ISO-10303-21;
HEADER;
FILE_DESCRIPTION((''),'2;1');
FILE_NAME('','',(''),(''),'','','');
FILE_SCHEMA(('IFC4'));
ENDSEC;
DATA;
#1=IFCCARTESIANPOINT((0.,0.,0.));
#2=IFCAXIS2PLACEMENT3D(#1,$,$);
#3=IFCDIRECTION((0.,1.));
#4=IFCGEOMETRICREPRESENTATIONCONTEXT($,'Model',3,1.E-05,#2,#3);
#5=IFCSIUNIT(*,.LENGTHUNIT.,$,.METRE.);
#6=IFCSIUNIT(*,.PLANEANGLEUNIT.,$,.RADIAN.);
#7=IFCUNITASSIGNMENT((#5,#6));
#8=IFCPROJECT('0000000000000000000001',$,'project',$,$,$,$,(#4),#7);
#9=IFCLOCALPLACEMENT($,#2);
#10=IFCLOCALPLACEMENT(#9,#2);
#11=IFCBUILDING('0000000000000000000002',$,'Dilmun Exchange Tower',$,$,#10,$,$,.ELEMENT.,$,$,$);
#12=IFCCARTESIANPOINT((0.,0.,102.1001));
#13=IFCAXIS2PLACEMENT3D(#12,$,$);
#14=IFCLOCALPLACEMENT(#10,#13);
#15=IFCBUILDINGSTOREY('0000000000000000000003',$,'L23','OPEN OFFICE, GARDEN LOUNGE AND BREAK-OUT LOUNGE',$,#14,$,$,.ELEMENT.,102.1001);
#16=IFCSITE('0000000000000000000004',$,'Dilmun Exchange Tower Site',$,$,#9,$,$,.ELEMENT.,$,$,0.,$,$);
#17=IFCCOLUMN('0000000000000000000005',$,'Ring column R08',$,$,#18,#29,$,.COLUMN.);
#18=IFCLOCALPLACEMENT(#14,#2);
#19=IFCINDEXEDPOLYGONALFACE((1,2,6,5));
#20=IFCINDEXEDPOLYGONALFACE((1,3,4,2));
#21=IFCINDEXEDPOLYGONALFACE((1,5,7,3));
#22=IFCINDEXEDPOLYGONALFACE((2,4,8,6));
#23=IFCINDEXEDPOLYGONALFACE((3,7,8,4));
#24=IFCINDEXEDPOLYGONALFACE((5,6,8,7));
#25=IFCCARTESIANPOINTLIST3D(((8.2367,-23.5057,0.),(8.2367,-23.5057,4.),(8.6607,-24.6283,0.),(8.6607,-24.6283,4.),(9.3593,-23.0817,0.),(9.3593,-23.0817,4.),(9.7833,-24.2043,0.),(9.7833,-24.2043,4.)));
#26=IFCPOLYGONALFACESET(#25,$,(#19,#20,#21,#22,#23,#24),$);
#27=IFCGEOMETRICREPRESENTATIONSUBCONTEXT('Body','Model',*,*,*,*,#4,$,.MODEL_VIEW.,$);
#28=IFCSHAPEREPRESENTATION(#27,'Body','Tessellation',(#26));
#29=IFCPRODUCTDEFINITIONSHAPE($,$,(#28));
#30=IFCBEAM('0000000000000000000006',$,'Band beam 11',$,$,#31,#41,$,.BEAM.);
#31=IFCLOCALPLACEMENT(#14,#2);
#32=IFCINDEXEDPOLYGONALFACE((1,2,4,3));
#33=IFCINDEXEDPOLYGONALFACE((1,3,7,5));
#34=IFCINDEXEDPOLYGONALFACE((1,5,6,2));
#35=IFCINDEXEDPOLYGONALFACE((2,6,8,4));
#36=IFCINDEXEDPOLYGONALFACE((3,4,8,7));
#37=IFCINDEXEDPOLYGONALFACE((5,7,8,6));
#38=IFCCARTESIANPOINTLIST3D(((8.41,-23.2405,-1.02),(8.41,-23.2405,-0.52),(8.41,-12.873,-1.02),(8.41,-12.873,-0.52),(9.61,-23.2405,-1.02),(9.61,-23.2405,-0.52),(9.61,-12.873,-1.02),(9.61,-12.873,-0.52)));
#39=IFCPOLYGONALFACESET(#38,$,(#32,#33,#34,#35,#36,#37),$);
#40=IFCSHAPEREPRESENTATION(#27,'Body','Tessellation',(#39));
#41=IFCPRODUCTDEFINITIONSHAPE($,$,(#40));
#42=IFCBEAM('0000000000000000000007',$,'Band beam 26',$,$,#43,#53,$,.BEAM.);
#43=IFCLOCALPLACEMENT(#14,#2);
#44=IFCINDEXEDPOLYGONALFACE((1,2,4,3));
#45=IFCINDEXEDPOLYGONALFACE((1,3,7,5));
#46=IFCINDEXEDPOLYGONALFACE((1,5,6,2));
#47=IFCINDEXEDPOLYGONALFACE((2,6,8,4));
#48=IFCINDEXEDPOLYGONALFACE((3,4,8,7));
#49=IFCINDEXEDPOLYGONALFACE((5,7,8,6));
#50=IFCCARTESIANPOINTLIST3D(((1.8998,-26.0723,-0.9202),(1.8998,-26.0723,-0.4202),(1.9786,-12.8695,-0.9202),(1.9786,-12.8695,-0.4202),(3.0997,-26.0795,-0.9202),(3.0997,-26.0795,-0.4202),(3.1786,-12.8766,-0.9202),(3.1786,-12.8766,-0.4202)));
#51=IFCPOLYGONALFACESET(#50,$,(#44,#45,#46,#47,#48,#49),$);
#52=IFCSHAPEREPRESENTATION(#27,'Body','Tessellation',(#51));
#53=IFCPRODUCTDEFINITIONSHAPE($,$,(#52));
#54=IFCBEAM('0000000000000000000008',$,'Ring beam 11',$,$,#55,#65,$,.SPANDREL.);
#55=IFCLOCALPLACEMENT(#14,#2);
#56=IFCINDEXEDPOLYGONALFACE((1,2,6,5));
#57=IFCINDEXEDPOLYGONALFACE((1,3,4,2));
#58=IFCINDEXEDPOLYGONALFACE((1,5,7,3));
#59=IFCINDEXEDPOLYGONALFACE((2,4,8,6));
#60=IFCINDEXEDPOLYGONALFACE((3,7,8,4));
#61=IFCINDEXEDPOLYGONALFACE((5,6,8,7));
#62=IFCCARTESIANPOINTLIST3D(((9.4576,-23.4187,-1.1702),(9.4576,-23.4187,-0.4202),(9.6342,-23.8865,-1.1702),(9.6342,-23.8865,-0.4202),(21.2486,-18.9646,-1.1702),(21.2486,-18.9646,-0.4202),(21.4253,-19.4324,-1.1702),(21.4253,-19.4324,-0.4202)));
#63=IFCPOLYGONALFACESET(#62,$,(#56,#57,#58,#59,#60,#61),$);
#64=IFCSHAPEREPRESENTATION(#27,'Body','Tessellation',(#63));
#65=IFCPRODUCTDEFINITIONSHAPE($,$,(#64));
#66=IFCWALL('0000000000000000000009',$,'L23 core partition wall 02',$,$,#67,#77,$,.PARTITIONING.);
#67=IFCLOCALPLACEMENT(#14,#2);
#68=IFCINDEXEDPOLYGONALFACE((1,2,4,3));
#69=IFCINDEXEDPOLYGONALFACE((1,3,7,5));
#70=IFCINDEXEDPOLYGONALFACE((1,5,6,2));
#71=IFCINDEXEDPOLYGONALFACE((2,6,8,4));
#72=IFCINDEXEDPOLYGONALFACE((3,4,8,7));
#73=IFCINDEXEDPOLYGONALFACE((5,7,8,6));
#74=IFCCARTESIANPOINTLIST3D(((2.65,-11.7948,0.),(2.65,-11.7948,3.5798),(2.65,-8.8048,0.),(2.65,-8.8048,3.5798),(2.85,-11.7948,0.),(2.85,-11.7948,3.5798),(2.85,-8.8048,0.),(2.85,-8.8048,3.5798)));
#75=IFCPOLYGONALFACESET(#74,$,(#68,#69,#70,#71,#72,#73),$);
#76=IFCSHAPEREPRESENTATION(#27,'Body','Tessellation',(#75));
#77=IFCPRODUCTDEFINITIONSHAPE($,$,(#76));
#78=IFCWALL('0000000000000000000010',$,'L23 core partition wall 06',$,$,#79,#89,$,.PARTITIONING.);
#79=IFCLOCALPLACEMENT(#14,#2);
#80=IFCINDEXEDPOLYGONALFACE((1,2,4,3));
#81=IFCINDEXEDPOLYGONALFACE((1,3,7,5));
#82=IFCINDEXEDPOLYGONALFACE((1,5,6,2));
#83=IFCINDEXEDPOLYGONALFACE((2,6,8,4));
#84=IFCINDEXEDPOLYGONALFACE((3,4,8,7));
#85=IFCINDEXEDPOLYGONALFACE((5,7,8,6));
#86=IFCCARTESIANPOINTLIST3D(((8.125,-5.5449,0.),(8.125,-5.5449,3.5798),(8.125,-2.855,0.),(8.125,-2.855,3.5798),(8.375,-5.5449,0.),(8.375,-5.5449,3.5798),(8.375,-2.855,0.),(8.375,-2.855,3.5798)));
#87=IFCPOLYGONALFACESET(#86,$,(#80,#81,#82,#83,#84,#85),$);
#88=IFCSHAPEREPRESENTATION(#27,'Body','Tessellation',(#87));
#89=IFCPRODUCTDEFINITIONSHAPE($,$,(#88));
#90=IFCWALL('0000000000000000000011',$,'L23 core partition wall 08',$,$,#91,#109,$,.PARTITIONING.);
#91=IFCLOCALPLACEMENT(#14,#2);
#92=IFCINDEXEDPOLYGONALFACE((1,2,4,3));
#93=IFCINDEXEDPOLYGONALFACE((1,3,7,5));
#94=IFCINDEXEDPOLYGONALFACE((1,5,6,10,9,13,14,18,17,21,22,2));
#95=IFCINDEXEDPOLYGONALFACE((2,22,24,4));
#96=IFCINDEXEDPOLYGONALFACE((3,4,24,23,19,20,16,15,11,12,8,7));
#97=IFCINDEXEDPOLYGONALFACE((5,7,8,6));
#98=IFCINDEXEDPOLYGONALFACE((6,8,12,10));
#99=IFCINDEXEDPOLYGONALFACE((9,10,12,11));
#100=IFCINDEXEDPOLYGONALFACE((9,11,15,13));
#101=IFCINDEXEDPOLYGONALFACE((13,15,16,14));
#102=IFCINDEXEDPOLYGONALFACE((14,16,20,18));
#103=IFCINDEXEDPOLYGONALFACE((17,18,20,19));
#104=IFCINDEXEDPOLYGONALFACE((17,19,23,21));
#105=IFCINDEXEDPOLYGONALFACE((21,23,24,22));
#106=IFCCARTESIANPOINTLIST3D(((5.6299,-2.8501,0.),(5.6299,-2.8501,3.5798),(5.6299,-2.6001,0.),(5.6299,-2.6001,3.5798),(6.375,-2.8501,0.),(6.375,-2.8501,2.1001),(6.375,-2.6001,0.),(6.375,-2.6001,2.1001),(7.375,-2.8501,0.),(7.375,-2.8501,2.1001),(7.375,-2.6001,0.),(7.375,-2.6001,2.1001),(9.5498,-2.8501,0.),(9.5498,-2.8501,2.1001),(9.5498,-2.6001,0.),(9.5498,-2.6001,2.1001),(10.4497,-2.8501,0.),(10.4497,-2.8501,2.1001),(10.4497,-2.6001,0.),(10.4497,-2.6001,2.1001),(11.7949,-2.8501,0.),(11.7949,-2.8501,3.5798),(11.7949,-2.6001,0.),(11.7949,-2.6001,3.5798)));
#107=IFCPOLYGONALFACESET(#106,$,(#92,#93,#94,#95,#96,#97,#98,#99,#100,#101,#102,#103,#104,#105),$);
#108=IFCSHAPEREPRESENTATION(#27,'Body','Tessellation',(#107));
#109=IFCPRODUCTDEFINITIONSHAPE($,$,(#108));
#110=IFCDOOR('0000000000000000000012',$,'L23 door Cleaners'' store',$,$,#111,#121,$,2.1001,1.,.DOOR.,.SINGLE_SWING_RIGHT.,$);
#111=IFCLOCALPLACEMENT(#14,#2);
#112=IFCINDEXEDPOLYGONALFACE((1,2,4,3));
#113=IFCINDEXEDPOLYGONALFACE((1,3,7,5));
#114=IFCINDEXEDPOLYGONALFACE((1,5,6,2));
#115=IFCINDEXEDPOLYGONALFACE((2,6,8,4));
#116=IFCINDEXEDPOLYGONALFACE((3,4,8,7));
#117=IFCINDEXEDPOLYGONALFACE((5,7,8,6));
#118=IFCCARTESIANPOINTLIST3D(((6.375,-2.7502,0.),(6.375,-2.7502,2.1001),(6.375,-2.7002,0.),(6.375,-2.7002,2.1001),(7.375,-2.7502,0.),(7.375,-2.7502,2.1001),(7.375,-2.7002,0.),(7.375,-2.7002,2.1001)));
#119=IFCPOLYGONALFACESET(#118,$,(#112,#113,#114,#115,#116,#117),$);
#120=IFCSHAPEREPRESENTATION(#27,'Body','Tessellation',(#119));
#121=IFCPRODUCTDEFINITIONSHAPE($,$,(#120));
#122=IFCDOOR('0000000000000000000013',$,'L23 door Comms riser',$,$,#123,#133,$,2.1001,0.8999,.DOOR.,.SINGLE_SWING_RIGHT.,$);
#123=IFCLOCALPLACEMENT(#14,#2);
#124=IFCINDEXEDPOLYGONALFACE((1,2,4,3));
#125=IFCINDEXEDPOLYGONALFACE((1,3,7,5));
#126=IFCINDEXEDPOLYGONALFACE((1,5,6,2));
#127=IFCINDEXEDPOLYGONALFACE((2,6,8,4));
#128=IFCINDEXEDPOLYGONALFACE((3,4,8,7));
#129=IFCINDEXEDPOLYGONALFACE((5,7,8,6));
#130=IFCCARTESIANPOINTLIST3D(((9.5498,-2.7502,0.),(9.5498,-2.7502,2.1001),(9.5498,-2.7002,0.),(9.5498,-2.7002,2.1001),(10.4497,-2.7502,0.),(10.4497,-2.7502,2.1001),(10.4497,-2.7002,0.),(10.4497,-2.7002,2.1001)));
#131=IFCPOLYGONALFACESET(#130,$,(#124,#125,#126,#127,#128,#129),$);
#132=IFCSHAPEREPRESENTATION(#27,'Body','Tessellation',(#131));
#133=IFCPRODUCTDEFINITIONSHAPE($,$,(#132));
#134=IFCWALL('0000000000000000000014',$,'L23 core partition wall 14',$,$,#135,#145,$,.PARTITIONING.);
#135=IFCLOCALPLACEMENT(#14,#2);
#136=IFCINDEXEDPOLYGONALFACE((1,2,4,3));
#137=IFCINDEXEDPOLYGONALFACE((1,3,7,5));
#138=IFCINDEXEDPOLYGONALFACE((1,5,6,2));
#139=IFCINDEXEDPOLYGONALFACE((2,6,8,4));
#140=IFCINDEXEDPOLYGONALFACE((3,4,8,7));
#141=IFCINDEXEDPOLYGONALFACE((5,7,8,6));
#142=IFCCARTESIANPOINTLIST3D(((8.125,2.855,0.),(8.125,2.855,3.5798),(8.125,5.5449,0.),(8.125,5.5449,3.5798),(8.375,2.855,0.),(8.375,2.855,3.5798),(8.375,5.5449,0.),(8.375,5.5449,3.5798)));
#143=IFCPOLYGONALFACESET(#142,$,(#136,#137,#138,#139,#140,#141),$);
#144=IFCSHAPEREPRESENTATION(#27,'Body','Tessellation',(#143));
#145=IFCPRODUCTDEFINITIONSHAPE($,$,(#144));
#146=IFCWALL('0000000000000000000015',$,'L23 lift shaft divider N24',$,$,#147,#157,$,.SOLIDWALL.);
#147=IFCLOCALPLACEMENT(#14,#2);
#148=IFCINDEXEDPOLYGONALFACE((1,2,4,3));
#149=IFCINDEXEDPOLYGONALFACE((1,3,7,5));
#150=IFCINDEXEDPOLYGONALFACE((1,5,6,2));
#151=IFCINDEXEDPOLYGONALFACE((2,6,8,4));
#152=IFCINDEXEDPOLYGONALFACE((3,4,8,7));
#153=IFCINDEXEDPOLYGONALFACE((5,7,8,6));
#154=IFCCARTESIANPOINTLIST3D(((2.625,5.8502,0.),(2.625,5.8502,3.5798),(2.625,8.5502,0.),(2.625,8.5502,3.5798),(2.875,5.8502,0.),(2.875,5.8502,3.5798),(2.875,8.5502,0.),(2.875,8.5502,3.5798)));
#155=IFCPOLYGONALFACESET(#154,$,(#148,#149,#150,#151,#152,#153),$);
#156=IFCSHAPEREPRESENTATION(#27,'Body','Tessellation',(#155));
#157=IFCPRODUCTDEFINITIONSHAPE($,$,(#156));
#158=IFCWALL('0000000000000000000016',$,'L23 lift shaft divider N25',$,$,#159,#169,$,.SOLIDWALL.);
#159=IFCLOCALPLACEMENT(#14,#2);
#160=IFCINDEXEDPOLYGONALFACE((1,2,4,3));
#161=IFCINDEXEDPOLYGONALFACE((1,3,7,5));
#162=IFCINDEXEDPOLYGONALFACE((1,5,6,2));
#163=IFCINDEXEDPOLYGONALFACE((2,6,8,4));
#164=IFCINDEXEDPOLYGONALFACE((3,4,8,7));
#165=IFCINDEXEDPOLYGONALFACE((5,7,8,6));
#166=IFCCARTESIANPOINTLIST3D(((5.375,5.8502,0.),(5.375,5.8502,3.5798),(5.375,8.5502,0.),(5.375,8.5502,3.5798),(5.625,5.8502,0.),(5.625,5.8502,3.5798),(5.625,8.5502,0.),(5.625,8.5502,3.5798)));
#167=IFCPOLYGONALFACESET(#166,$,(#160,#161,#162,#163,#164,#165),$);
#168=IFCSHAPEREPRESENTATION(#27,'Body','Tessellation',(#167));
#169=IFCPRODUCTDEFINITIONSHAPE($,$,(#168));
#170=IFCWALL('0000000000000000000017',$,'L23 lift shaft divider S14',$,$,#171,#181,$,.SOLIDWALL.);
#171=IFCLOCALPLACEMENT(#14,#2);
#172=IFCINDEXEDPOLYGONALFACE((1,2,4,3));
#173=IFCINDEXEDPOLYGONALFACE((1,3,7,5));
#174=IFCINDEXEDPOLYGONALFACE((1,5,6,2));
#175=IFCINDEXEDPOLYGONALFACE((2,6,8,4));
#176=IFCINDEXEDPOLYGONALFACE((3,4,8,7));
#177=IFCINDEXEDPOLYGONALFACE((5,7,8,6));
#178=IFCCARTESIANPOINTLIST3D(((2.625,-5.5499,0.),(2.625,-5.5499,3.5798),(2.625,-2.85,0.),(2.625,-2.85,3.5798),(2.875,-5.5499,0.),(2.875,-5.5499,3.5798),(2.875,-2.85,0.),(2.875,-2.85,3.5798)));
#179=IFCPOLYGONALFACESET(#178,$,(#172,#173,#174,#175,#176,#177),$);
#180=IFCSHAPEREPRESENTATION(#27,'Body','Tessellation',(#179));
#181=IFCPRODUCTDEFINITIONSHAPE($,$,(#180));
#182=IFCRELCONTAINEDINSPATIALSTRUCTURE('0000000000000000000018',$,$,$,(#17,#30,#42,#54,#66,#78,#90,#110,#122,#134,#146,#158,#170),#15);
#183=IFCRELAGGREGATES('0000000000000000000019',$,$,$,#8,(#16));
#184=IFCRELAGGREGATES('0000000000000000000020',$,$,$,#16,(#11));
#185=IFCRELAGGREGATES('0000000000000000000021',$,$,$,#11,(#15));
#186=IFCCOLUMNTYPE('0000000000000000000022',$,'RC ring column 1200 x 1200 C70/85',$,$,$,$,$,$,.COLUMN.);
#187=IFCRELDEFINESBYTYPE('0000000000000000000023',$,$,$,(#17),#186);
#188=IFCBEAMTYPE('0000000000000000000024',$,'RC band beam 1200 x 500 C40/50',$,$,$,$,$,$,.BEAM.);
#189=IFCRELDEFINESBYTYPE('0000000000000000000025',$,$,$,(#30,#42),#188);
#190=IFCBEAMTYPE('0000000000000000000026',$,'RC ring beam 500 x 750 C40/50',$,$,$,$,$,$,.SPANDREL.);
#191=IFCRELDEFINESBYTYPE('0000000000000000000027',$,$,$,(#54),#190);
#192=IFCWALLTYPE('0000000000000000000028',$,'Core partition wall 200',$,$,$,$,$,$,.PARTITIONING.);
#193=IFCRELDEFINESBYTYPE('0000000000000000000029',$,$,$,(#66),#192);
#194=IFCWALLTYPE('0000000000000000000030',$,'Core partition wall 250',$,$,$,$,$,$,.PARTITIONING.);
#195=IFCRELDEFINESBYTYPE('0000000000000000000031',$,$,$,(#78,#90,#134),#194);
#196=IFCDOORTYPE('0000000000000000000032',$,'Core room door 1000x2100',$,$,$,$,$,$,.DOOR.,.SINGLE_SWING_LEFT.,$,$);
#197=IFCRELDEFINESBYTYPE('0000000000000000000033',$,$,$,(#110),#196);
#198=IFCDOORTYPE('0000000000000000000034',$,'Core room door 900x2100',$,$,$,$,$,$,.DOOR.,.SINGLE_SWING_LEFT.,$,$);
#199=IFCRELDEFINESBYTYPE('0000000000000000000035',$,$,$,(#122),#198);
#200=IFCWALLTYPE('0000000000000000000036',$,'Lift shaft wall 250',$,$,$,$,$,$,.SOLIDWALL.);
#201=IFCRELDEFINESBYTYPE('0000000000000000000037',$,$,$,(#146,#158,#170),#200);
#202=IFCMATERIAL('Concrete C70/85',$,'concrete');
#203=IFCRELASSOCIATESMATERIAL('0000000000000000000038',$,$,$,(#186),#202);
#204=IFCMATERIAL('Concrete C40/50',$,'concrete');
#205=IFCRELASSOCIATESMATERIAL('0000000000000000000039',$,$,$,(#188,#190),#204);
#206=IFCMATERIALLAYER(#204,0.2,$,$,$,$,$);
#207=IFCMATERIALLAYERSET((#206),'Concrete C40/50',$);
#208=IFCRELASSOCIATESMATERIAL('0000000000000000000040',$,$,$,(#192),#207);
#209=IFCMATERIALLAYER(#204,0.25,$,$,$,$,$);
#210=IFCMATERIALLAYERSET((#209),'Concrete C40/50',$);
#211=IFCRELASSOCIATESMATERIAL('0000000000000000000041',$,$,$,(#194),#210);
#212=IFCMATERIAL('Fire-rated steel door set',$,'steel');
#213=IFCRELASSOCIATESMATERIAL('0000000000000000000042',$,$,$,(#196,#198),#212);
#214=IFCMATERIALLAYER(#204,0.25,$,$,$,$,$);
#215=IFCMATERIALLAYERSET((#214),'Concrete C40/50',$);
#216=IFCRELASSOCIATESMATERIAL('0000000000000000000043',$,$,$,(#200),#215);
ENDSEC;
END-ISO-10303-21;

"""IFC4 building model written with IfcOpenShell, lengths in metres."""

from ifc_helpers import new_model, si_unit, direction, frame, frame_2d, origin, origin_2d, place, context, subcontext, project, spatial, rectangle, extrude, material, layer, layer_set, material_profile, profile_set, type_object, element, fill, save


model = new_model("IFC4")

# Units and contexts
model_context = context("Model", 3, precision=1e-05, world=origin(), true_north=direction((0.0, 1.0)))
body_context = subcontext(model_context, "Body", "Model", "MODEL_VIEW")
ifc_project = project(units=[si_unit("LENGTHUNIT", "METRE"), si_unit("PLANEANGLEUNIT", "RADIAN")], contexts=[model_context])

# Site, building, storey
site_placement = place(None, origin())
site = spatial("IfcSite", under=ifc_project, at=site_placement, Name="Dilmun Exchange Tower Site", CompositionType="ELEMENT", RefElevation=0.0)
building_placement = place(site_placement, origin())
building = spatial("IfcBuilding", under=site, at=building_placement, Name="Dilmun Exchange Tower", CompositionType="ELEMENT")
storey_placement = place(building_placement, frame((0.0, 0.0, 102.1001)))
storey = spatial("IfcBuildingStorey", under=building, at=storey_placement, Name="L23", Description="OPEN OFFICE, GARDEN LOUNGE AND BREAK-OUT LOUNGE", CompositionType="ELEMENT", Elevation=102.1001)

# Column
ifc_material_1 = material(Name="Concrete C70/85", Category="concrete")
ifc_material_profile_1 = material_profile(ifc_material_1, rectangle(XDim=1.2, YDim=1.2, at=origin_2d()), Name="1200 x 1200")
ifc_profile_set_1 = profile_set([ifc_material_profile_1], Name="Concrete C70/85")
column_type = type_object("IfcColumnType", Name="RC ring column 1200 x 1200 C70/85", PredefinedType="COLUMN", material=ifc_profile_set_1)
column_placement = place(storey_placement, frame((9.01, -23.855, 0.0), z_axis=(0.0, 0.0, 1.0), x_axis=(0.935492, 0.353349, 0.0)))
element("IfcColumn", 1, at=column_placement, inside=storey, type_object=column_type, Name="Ring column R08", PredefinedType="COLUMN", context=body_context, shape_type="SweptSolid", body=[
    extrude(rectangle(XDim=1.2, YDim=1.2, at=origin_2d()), origin(), (0.0, 0.0, 1.0), 4.0),
])

# Beams
ifc_material_2 = material(Name="Concrete C40/50", Category="concrete")
ifc_material_profile_2 = material_profile(ifc_material_2, rectangle(XDim=1.2, YDim=0.5, at=origin_2d()), Name="1200 x 500")
ifc_profile_set_2 = profile_set([ifc_material_profile_2], Name="Concrete C40/50")
beam_type_1 = type_object("IfcBeamType", Name="RC band beam 1200 x 500 C40/50", PredefinedType="BEAM", material=ifc_profile_set_2)
beam_1_placement = place(storey_placement, frame((9.01, -23.2405, -0.77), z_axis=(0.0, 1.0, 0.0), x_axis=(-1.0, 0.0, 0.0)))
element("IfcBeam", 2, at=beam_1_placement, inside=storey, type_object=beam_type_1, Name="Band beam 11", PredefinedType="BEAM", context=body_context, shape_type="SweptSolid", body=[
    extrude(rectangle(XDim=1.2, YDim=0.5, at=origin_2d()), origin(), (0.0, 0.0, 1.0), 10.3674),
])
beam_2_placement = place(storey_placement, frame((2.4998, -26.0759, -0.6702), z_axis=(0.005973, 0.999982, 0.0), x_axis=(-0.999982, 0.005973, 0.0)))
element("IfcBeam", 3, at=beam_2_placement, inside=storey, type_object=beam_type_1, Name="Band beam 26", PredefinedType="BEAM", context=body_context, shape_type="SweptSolid", body=[
    extrude(rectangle(XDim=1.2, YDim=0.5, at=origin_2d()), origin(), (0.0, 0.0, 1.0), 13.2031),
])
ifc_material_profile_3 = material_profile(ifc_material_2, rectangle(XDim=0.5, YDim=0.75, at=origin_2d()), Name="500 x 750")
ifc_profile_set_3 = profile_set([ifc_material_profile_3], Name="Concrete C40/50")
beam_type_2 = type_object("IfcBeamType", Name="RC ring beam 500 x 750 C40/50", PredefinedType="SPANDREL", material=ifc_profile_set_3)
beam_3_placement = place(storey_placement, frame((9.5459, -23.6526, -0.7952), z_axis=(0.935479, 0.353381, 0.0), x_axis=(-0.353381, 0.935479, 0.0)))
element("IfcBeam", 4, at=beam_3_placement, inside=storey, type_object=beam_type_2, Name="Ring beam 11", PredefinedType="SPANDREL", context=body_context, shape_type="SweptSolid", body=[
    extrude(rectangle(XDim=0.5, YDim=0.75, at=origin_2d()), origin(), (0.0, 0.0, 1.0), 12.6042),
])

# Wall
ifc_layer_1 = layer(ifc_material_2, 0.2)
ifc_layer_set_1 = layer_set([ifc_layer_1], Name="Concrete C40/50")
wall_type_1 = type_object("IfcWallType", Name="Core partition wall 200", PredefinedType="PARTITIONING", material=ifc_layer_set_1)
wall_1_placement = place(storey_placement, frame((2.75, -11.7949, 0.0), z_axis=(0.0, 0.0, 1.0), x_axis=(0.0, 1.0, 0.0)))
element("IfcWall", 5, at=wall_1_placement, inside=storey, type_object=wall_type_1, Name="L23 core partition wall 02", PredefinedType="PARTITIONING", context=body_context, shape_type="SweptSolid", body=[
    extrude(rectangle(XDim=2.99, YDim=0.2, at=frame_2d((1.4951, 0.0))), origin(), (0.0, 0.0, 1.0), 3.5798),
])

# Shared definitions
ifc_material_3 = material(Name="Fire-rated steel door set", Category="steel")

# Wall
ifc_layer_2 = layer(ifc_material_2, 0.25)
ifc_layer_set_2 = layer_set([ifc_layer_2], Name="Concrete C40/50")
wall_type_2 = type_object("IfcWallType", Name="Core partition wall 250", PredefinedType="PARTITIONING", material=ifc_layer_set_2)
wall_2_placement = place(storey_placement, frame((8.25, -5.5449, 0.0), z_axis=(0.0, 0.0, 1.0), x_axis=(0.0, 1.0, 0.0)))
element("IfcWall", 6, at=wall_2_placement, inside=storey, type_object=wall_type_2, Name="L23 core partition wall 06", PredefinedType="PARTITIONING", context=body_context, shape_type="SweptSolid", body=[
    extrude(rectangle(XDim=2.6899, YDim=0.25, at=frame_2d((1.345, 0.0))), origin(), (0.0, 0.0, 1.0), 3.5798),
])

# Wall, openings, doors
wall_3_placement = place(storey_placement, frame((5.6299, -2.7251, 0.0), z_axis=(0.0, 0.0, 1.0), x_axis=(1.0, 0.0, 0.0)))
wall_3 = element("IfcWall", 7, at=wall_3_placement, inside=storey, type_object=wall_type_2, Name="L23 core partition wall 08", PredefinedType="PARTITIONING", context=body_context, shape_type="SweptSolid", body=[
    extrude(rectangle(XDim=6.165, YDim=0.25, at=frame_2d((3.0825, 0.0))), origin(), (0.0, 0.0, 1.0), 3.5798),
])
opening_1_placement = place(wall_3_placement, frame((0.7451, 0.0, 0.0)))
opening_1 = element("IfcOpeningElement", 8, at=opening_1_placement, cuts=wall_3, PredefinedType="OPENING", context=body_context, shape_type="SweptSolid", body=[
    extrude(rectangle(XDim=1.0, YDim=2.1001, at=frame_2d((0.5, 1.05))), frame((0.0, 0.135, 0.0), z_axis=(0.0, -1.0, 0.0), x_axis=(1.0, 0.0, 0.0)), (0.0, 0.0, 1.0), 0.27),
])
opening_2_placement = place(wall_3_placement, frame((3.9199, 0.0, 0.0)))
opening_2 = element("IfcOpeningElement", 9, at=opening_2_placement, cuts=wall_3, PredefinedType="OPENING", context=body_context, shape_type="SweptSolid", body=[
    extrude(rectangle(XDim=0.8999, YDim=2.1001, at=frame_2d((0.45, 1.05))), frame((0.0, 0.135, 0.0), z_axis=(0.0, -1.0, 0.0), x_axis=(1.0, 0.0, 0.0)), (0.0, 0.0, 1.0), 0.27),
])
door_type_1 = type_object("IfcDoorType", Name="Core room door 1000x2100", OperationType="SINGLE_SWING_LEFT", PredefinedType="DOOR", material=ifc_material_3)
door_1_placement = place(opening_1_placement, origin())
door_1 = element("IfcDoor", 10, at=door_1_placement, inside=storey, type_object=door_type_1, Name="L23 door Cleaners' store", OperationType="SINGLE_SWING_RIGHT", OverallHeight=2.1001, OverallWidth=1.0, PredefinedType="DOOR", context=body_context, shape_type="SweptSolid", body=[
    extrude(rectangle(XDim=1.0, YDim=2.1001, at=frame_2d((0.5, 1.05))), frame((0.0, 0.0249, 0.0), z_axis=(0.0, -1.0, 0.0), x_axis=(1.0, 0.0, 0.0)), (0.0, 0.0, 1.0), 0.05),
])
fill(opening_1, door_1)
door_type_2 = type_object("IfcDoorType", Name="Core room door 900x2100", OperationType="SINGLE_SWING_LEFT", PredefinedType="DOOR", material=ifc_material_3)
door_2_placement = place(opening_2_placement, origin())
door_2 = element("IfcDoor", 11, at=door_2_placement, inside=storey, type_object=door_type_2, Name="L23 door Comms riser", OperationType="SINGLE_SWING_RIGHT", OverallHeight=2.1001, OverallWidth=0.8999, PredefinedType="DOOR", context=body_context, shape_type="SweptSolid", body=[
    extrude(rectangle(XDim=0.8999, YDim=2.1001, at=frame_2d((0.45, 1.05))), frame((0.0, 0.0249, 0.0), z_axis=(0.0, -1.0, 0.0), x_axis=(1.0, 0.0, 0.0)), (0.0, 0.0, 1.0), 0.05),
])
fill(opening_2, door_2)

# Walls
wall_4_placement = place(storey_placement, frame((8.25, 2.855, 0.0), z_axis=(0.0, 0.0, 1.0), x_axis=(0.0, 1.0, 0.0)))
element("IfcWall", 12, at=wall_4_placement, inside=storey, type_object=wall_type_2, Name="L23 core partition wall 14", PredefinedType="PARTITIONING", context=body_context, shape_type="SweptSolid", body=[
    extrude(rectangle(XDim=2.6899, YDim=0.25, at=frame_2d((1.345, 0.0))), origin(), (0.0, 0.0, 1.0), 3.5798),
])
ifc_layer_3 = layer(ifc_material_2, 0.25)
ifc_layer_set_3 = layer_set([ifc_layer_3], Name="Concrete C40/50")
wall_type_3 = type_object("IfcWallType", Name="Lift shaft wall 250", PredefinedType="SOLIDWALL", material=ifc_layer_set_3)
for number, where, z_axis, x_axis, name in (
    (13, (2.75, 5.8501, 0.0), (0.0, 0.0, 1.0), (0.0, 1.0, 0.0), "L23 lift shaft divider N24"),
    (14, (5.5, 5.8501, 0.0), (0.0, 0.0, 1.0), (0.0, 1.0, 0.0), "L23 lift shaft divider N25"),
    (15, (2.75, -5.55, 0.0), (0.0, 0.0, 1.0), (0.0, 1.0, 0.0), "L23 lift shaft divider S14"),
):
    element("IfcWall", number, at=place(storey_placement, frame(where, z_axis=z_axis, x_axis=x_axis)), inside=storey, type_object=wall_type_3, Name=name, PredefinedType="SOLIDWALL", context=body_context, shape_type="SweptSolid", body=[
        extrude(rectangle(XDim=2.7, YDim=0.25, at=frame_2d((1.3501, 0.0))), origin(), (0.0, 0.0, 1.0), 3.5798),
    ])

save(model, "model.ifc")
